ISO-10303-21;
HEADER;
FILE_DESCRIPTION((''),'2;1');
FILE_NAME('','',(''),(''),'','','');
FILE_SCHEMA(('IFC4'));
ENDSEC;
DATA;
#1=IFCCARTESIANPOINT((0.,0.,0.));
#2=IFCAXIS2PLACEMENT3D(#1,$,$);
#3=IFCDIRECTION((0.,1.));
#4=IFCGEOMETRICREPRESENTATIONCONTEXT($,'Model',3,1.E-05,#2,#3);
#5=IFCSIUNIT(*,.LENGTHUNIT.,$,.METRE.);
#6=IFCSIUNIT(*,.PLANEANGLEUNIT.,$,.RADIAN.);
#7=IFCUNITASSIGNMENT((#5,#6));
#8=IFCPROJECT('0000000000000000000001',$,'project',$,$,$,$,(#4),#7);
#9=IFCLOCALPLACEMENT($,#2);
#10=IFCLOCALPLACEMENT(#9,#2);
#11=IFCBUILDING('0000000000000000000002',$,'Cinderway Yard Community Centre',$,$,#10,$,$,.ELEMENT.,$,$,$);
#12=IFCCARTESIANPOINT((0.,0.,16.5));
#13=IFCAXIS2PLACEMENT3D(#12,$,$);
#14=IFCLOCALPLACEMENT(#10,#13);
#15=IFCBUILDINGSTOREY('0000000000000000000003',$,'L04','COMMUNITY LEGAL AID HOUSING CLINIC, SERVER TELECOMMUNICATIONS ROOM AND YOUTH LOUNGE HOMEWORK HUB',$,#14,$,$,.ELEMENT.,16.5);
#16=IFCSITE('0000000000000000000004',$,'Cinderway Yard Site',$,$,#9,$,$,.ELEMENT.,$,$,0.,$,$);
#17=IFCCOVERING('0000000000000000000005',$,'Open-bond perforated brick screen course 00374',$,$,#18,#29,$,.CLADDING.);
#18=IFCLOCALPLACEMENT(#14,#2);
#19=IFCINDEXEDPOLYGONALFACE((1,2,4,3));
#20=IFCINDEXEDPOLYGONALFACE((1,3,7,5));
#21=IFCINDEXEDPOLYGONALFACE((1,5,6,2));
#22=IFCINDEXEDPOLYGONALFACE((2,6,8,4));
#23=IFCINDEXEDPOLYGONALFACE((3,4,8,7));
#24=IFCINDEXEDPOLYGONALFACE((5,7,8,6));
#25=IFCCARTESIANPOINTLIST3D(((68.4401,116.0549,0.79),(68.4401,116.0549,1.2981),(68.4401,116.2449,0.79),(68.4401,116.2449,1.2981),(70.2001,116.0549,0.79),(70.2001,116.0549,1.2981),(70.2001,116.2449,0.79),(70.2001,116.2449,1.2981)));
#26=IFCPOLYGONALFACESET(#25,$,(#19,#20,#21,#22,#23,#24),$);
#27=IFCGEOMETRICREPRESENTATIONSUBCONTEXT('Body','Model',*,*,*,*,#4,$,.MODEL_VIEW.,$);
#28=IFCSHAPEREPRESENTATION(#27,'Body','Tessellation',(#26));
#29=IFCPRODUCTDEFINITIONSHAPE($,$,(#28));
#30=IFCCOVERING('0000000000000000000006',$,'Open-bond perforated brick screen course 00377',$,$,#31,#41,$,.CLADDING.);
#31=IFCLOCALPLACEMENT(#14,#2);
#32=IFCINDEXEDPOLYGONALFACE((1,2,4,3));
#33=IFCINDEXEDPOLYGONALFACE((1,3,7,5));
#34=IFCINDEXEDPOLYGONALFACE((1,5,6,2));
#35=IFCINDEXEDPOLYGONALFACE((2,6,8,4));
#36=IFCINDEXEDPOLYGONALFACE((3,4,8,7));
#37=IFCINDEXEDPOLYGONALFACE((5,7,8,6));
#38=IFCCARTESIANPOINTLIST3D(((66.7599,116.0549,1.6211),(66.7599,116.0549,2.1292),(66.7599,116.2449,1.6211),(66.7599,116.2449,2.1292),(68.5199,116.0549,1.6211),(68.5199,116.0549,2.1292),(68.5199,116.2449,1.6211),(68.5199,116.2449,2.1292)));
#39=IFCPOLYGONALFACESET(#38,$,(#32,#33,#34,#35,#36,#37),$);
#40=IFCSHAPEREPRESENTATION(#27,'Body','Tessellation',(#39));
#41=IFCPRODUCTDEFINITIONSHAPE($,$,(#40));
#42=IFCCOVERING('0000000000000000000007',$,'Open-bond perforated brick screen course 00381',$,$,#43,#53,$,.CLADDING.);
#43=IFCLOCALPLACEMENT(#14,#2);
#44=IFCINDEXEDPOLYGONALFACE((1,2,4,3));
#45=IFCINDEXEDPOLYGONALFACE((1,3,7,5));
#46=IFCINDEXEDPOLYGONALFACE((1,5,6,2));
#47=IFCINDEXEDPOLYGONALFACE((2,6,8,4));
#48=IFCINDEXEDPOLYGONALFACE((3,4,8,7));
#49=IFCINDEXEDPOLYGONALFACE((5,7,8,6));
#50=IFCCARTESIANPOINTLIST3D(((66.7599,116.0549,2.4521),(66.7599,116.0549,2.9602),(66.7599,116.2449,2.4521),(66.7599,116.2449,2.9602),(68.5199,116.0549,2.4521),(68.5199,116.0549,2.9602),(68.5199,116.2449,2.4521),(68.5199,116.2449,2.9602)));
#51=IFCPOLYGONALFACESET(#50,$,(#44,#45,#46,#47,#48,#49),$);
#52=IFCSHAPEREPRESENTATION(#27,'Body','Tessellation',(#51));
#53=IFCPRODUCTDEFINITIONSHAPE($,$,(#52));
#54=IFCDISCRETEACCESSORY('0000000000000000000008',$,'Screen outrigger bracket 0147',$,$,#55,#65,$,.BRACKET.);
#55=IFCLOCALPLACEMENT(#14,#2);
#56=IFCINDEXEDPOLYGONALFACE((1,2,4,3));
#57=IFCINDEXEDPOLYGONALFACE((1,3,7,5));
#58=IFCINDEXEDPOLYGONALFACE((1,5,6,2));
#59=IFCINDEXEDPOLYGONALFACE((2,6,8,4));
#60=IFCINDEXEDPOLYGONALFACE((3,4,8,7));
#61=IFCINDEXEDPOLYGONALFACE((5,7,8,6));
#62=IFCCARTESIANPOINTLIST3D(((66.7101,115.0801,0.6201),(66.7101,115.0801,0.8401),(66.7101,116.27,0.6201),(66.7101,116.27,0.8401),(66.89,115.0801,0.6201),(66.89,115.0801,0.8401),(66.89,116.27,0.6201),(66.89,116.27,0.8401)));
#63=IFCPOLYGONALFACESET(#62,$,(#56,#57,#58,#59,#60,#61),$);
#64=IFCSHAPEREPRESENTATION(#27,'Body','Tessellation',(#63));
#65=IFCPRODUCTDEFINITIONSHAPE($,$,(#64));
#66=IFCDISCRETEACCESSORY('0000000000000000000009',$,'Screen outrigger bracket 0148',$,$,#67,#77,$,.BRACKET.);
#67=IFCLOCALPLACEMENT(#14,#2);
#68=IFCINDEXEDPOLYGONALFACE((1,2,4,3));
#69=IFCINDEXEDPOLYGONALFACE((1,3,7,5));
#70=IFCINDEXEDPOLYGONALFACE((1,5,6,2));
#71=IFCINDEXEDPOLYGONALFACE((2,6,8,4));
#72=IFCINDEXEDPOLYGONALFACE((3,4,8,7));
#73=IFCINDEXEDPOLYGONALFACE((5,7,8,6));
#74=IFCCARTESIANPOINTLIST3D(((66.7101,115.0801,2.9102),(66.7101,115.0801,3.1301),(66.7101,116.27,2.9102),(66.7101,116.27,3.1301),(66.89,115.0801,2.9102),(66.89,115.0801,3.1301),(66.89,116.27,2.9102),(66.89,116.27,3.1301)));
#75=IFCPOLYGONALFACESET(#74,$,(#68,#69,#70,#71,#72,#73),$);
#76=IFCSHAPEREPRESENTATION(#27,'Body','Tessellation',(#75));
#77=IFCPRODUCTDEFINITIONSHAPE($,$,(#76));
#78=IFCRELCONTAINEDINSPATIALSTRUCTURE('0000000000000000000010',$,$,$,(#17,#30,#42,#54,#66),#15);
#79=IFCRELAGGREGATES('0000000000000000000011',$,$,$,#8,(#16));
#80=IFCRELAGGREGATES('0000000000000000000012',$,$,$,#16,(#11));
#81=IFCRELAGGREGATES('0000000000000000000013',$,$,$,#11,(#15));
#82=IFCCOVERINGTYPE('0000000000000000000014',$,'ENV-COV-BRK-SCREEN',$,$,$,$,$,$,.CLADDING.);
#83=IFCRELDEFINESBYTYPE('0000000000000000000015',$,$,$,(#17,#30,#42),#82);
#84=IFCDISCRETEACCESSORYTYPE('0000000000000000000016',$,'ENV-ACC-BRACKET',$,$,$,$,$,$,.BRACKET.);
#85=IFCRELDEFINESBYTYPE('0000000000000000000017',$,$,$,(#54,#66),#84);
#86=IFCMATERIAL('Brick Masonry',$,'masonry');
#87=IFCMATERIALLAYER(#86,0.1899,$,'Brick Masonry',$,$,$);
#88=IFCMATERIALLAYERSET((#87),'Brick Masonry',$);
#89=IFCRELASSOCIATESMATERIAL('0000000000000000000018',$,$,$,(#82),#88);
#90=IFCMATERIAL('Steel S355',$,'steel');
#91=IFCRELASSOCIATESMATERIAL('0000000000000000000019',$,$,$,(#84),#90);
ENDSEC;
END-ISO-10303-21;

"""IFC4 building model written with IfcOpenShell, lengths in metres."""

from ifc_helpers import new_model, si_unit, direction, frame, origin, origin_2d, place, context, subcontext, project, spatial, rectangle, extrude, material, layer, layer_set, type_object, element, save


model = new_model("IFC4")

# Units and contexts
model_context = context("Model", 3, precision=1e-05, world=origin(), true_north=direction((0.0, 1.0)))
body_context = subcontext(model_context, "Body", "Model", "MODEL_VIEW")
ifc_project = project(units=[si_unit("LENGTHUNIT", "METRE"), si_unit("PLANEANGLEUNIT", "RADIAN")], contexts=[model_context])

# Site, building, storey
site_placement = place(None, origin())
site = spatial("IfcSite", under=ifc_project, at=site_placement, Name="Cinderway Yard Site", CompositionType="ELEMENT", RefElevation=0.0)
building_placement = place(site_placement, origin())
building = spatial("IfcBuilding", under=site, at=building_placement, Name="Cinderway Yard Community Centre", CompositionType="ELEMENT")
storey_placement = place(building_placement, frame((0.0, 0.0, 16.5)))
storey = spatial("IfcBuildingStorey", under=building, at=storey_placement, Name="L04", Description="COMMUNITY LEGAL AID HOUSING CLINIC, SERVER TELECOMMUNICATIONS ROOM AND YOUTH LOUNGE HOMEWORK HUB", CompositionType="ELEMENT", Elevation=16.5)

# Shared definitions
ifc_material_1 = material(Name="Steel S355", Category="steel")

# Coverings
ifc_material_2 = material(Name="Brick Masonry", Category="masonry")
ifc_layer_1 = layer(ifc_material_2, 0.1899, Name="Brick Masonry")
ifc_layer_set_1 = layer_set([ifc_layer_1], Name="Brick Masonry")
covering_type = type_object("IfcCoveringType", Name="ENV-COV-BRK-SCREEN", PredefinedType="CLADDING", material=ifc_layer_set_1)
for number, where, z_axis, x_axis, name in (
    (1, (69.3201, 116.1499, 0.79), (0.0, 0.0, 1.0), (1.0, 0.0, 0.0), "Open-bond perforated brick screen course 00374"),
    (2, (67.6399, 116.1499, 1.6211), (0.0, 0.0, 1.0), (1.0, 0.0, 0.0), "Open-bond perforated brick screen course 00377"),
    (3, (67.6399, 116.1499, 2.4521), (0.0, 0.0, 1.0), (1.0, 0.0, 0.0), "Open-bond perforated brick screen course 00381"),
):
    element("IfcCovering", number, at=place(storey_placement, frame(where, z_axis=z_axis, x_axis=x_axis)), inside=storey, type_object=covering_type, Name=name, PredefinedType="CLADDING", context=body_context, shape_type="SweptSolid", body=[
        extrude(rectangle(XDim=1.76, YDim=0.1899, at=origin_2d()), origin(), (0.0, 0.0, 1.0), 0.5081),
    ])

# Discrete accessories
discrete_accessory_type = type_object("IfcDiscreteAccessoryType", Name="ENV-ACC-BRACKET", PredefinedType="BRACKET", material=ifc_material_1)
for number, where, z_axis, x_axis, name in (
    (4, (66.8, 115.675, 0.6201), (0.0, 0.0, 1.0), (0.0, 1.0, 0.0), "Screen outrigger bracket 0147"),
    (5, (66.8, 115.675, 2.9102), (0.0, 0.0, 1.0), (0.0, 1.0, 0.0), "Screen outrigger bracket 0148"),
):
    element("IfcDiscreteAccessory", number, at=place(storey_placement, frame(where, z_axis=z_axis, x_axis=x_axis)), inside=storey, type_object=discrete_accessory_type, Name=name, PredefinedType="BRACKET", context=body_context, shape_type="SweptSolid", body=[
        extrude(rectangle(XDim=1.1899, YDim=0.1799, at=origin_2d()), origin(), (0.0, 0.0, 1.0), 0.22),
    ])

save(model, "model.ifc")
